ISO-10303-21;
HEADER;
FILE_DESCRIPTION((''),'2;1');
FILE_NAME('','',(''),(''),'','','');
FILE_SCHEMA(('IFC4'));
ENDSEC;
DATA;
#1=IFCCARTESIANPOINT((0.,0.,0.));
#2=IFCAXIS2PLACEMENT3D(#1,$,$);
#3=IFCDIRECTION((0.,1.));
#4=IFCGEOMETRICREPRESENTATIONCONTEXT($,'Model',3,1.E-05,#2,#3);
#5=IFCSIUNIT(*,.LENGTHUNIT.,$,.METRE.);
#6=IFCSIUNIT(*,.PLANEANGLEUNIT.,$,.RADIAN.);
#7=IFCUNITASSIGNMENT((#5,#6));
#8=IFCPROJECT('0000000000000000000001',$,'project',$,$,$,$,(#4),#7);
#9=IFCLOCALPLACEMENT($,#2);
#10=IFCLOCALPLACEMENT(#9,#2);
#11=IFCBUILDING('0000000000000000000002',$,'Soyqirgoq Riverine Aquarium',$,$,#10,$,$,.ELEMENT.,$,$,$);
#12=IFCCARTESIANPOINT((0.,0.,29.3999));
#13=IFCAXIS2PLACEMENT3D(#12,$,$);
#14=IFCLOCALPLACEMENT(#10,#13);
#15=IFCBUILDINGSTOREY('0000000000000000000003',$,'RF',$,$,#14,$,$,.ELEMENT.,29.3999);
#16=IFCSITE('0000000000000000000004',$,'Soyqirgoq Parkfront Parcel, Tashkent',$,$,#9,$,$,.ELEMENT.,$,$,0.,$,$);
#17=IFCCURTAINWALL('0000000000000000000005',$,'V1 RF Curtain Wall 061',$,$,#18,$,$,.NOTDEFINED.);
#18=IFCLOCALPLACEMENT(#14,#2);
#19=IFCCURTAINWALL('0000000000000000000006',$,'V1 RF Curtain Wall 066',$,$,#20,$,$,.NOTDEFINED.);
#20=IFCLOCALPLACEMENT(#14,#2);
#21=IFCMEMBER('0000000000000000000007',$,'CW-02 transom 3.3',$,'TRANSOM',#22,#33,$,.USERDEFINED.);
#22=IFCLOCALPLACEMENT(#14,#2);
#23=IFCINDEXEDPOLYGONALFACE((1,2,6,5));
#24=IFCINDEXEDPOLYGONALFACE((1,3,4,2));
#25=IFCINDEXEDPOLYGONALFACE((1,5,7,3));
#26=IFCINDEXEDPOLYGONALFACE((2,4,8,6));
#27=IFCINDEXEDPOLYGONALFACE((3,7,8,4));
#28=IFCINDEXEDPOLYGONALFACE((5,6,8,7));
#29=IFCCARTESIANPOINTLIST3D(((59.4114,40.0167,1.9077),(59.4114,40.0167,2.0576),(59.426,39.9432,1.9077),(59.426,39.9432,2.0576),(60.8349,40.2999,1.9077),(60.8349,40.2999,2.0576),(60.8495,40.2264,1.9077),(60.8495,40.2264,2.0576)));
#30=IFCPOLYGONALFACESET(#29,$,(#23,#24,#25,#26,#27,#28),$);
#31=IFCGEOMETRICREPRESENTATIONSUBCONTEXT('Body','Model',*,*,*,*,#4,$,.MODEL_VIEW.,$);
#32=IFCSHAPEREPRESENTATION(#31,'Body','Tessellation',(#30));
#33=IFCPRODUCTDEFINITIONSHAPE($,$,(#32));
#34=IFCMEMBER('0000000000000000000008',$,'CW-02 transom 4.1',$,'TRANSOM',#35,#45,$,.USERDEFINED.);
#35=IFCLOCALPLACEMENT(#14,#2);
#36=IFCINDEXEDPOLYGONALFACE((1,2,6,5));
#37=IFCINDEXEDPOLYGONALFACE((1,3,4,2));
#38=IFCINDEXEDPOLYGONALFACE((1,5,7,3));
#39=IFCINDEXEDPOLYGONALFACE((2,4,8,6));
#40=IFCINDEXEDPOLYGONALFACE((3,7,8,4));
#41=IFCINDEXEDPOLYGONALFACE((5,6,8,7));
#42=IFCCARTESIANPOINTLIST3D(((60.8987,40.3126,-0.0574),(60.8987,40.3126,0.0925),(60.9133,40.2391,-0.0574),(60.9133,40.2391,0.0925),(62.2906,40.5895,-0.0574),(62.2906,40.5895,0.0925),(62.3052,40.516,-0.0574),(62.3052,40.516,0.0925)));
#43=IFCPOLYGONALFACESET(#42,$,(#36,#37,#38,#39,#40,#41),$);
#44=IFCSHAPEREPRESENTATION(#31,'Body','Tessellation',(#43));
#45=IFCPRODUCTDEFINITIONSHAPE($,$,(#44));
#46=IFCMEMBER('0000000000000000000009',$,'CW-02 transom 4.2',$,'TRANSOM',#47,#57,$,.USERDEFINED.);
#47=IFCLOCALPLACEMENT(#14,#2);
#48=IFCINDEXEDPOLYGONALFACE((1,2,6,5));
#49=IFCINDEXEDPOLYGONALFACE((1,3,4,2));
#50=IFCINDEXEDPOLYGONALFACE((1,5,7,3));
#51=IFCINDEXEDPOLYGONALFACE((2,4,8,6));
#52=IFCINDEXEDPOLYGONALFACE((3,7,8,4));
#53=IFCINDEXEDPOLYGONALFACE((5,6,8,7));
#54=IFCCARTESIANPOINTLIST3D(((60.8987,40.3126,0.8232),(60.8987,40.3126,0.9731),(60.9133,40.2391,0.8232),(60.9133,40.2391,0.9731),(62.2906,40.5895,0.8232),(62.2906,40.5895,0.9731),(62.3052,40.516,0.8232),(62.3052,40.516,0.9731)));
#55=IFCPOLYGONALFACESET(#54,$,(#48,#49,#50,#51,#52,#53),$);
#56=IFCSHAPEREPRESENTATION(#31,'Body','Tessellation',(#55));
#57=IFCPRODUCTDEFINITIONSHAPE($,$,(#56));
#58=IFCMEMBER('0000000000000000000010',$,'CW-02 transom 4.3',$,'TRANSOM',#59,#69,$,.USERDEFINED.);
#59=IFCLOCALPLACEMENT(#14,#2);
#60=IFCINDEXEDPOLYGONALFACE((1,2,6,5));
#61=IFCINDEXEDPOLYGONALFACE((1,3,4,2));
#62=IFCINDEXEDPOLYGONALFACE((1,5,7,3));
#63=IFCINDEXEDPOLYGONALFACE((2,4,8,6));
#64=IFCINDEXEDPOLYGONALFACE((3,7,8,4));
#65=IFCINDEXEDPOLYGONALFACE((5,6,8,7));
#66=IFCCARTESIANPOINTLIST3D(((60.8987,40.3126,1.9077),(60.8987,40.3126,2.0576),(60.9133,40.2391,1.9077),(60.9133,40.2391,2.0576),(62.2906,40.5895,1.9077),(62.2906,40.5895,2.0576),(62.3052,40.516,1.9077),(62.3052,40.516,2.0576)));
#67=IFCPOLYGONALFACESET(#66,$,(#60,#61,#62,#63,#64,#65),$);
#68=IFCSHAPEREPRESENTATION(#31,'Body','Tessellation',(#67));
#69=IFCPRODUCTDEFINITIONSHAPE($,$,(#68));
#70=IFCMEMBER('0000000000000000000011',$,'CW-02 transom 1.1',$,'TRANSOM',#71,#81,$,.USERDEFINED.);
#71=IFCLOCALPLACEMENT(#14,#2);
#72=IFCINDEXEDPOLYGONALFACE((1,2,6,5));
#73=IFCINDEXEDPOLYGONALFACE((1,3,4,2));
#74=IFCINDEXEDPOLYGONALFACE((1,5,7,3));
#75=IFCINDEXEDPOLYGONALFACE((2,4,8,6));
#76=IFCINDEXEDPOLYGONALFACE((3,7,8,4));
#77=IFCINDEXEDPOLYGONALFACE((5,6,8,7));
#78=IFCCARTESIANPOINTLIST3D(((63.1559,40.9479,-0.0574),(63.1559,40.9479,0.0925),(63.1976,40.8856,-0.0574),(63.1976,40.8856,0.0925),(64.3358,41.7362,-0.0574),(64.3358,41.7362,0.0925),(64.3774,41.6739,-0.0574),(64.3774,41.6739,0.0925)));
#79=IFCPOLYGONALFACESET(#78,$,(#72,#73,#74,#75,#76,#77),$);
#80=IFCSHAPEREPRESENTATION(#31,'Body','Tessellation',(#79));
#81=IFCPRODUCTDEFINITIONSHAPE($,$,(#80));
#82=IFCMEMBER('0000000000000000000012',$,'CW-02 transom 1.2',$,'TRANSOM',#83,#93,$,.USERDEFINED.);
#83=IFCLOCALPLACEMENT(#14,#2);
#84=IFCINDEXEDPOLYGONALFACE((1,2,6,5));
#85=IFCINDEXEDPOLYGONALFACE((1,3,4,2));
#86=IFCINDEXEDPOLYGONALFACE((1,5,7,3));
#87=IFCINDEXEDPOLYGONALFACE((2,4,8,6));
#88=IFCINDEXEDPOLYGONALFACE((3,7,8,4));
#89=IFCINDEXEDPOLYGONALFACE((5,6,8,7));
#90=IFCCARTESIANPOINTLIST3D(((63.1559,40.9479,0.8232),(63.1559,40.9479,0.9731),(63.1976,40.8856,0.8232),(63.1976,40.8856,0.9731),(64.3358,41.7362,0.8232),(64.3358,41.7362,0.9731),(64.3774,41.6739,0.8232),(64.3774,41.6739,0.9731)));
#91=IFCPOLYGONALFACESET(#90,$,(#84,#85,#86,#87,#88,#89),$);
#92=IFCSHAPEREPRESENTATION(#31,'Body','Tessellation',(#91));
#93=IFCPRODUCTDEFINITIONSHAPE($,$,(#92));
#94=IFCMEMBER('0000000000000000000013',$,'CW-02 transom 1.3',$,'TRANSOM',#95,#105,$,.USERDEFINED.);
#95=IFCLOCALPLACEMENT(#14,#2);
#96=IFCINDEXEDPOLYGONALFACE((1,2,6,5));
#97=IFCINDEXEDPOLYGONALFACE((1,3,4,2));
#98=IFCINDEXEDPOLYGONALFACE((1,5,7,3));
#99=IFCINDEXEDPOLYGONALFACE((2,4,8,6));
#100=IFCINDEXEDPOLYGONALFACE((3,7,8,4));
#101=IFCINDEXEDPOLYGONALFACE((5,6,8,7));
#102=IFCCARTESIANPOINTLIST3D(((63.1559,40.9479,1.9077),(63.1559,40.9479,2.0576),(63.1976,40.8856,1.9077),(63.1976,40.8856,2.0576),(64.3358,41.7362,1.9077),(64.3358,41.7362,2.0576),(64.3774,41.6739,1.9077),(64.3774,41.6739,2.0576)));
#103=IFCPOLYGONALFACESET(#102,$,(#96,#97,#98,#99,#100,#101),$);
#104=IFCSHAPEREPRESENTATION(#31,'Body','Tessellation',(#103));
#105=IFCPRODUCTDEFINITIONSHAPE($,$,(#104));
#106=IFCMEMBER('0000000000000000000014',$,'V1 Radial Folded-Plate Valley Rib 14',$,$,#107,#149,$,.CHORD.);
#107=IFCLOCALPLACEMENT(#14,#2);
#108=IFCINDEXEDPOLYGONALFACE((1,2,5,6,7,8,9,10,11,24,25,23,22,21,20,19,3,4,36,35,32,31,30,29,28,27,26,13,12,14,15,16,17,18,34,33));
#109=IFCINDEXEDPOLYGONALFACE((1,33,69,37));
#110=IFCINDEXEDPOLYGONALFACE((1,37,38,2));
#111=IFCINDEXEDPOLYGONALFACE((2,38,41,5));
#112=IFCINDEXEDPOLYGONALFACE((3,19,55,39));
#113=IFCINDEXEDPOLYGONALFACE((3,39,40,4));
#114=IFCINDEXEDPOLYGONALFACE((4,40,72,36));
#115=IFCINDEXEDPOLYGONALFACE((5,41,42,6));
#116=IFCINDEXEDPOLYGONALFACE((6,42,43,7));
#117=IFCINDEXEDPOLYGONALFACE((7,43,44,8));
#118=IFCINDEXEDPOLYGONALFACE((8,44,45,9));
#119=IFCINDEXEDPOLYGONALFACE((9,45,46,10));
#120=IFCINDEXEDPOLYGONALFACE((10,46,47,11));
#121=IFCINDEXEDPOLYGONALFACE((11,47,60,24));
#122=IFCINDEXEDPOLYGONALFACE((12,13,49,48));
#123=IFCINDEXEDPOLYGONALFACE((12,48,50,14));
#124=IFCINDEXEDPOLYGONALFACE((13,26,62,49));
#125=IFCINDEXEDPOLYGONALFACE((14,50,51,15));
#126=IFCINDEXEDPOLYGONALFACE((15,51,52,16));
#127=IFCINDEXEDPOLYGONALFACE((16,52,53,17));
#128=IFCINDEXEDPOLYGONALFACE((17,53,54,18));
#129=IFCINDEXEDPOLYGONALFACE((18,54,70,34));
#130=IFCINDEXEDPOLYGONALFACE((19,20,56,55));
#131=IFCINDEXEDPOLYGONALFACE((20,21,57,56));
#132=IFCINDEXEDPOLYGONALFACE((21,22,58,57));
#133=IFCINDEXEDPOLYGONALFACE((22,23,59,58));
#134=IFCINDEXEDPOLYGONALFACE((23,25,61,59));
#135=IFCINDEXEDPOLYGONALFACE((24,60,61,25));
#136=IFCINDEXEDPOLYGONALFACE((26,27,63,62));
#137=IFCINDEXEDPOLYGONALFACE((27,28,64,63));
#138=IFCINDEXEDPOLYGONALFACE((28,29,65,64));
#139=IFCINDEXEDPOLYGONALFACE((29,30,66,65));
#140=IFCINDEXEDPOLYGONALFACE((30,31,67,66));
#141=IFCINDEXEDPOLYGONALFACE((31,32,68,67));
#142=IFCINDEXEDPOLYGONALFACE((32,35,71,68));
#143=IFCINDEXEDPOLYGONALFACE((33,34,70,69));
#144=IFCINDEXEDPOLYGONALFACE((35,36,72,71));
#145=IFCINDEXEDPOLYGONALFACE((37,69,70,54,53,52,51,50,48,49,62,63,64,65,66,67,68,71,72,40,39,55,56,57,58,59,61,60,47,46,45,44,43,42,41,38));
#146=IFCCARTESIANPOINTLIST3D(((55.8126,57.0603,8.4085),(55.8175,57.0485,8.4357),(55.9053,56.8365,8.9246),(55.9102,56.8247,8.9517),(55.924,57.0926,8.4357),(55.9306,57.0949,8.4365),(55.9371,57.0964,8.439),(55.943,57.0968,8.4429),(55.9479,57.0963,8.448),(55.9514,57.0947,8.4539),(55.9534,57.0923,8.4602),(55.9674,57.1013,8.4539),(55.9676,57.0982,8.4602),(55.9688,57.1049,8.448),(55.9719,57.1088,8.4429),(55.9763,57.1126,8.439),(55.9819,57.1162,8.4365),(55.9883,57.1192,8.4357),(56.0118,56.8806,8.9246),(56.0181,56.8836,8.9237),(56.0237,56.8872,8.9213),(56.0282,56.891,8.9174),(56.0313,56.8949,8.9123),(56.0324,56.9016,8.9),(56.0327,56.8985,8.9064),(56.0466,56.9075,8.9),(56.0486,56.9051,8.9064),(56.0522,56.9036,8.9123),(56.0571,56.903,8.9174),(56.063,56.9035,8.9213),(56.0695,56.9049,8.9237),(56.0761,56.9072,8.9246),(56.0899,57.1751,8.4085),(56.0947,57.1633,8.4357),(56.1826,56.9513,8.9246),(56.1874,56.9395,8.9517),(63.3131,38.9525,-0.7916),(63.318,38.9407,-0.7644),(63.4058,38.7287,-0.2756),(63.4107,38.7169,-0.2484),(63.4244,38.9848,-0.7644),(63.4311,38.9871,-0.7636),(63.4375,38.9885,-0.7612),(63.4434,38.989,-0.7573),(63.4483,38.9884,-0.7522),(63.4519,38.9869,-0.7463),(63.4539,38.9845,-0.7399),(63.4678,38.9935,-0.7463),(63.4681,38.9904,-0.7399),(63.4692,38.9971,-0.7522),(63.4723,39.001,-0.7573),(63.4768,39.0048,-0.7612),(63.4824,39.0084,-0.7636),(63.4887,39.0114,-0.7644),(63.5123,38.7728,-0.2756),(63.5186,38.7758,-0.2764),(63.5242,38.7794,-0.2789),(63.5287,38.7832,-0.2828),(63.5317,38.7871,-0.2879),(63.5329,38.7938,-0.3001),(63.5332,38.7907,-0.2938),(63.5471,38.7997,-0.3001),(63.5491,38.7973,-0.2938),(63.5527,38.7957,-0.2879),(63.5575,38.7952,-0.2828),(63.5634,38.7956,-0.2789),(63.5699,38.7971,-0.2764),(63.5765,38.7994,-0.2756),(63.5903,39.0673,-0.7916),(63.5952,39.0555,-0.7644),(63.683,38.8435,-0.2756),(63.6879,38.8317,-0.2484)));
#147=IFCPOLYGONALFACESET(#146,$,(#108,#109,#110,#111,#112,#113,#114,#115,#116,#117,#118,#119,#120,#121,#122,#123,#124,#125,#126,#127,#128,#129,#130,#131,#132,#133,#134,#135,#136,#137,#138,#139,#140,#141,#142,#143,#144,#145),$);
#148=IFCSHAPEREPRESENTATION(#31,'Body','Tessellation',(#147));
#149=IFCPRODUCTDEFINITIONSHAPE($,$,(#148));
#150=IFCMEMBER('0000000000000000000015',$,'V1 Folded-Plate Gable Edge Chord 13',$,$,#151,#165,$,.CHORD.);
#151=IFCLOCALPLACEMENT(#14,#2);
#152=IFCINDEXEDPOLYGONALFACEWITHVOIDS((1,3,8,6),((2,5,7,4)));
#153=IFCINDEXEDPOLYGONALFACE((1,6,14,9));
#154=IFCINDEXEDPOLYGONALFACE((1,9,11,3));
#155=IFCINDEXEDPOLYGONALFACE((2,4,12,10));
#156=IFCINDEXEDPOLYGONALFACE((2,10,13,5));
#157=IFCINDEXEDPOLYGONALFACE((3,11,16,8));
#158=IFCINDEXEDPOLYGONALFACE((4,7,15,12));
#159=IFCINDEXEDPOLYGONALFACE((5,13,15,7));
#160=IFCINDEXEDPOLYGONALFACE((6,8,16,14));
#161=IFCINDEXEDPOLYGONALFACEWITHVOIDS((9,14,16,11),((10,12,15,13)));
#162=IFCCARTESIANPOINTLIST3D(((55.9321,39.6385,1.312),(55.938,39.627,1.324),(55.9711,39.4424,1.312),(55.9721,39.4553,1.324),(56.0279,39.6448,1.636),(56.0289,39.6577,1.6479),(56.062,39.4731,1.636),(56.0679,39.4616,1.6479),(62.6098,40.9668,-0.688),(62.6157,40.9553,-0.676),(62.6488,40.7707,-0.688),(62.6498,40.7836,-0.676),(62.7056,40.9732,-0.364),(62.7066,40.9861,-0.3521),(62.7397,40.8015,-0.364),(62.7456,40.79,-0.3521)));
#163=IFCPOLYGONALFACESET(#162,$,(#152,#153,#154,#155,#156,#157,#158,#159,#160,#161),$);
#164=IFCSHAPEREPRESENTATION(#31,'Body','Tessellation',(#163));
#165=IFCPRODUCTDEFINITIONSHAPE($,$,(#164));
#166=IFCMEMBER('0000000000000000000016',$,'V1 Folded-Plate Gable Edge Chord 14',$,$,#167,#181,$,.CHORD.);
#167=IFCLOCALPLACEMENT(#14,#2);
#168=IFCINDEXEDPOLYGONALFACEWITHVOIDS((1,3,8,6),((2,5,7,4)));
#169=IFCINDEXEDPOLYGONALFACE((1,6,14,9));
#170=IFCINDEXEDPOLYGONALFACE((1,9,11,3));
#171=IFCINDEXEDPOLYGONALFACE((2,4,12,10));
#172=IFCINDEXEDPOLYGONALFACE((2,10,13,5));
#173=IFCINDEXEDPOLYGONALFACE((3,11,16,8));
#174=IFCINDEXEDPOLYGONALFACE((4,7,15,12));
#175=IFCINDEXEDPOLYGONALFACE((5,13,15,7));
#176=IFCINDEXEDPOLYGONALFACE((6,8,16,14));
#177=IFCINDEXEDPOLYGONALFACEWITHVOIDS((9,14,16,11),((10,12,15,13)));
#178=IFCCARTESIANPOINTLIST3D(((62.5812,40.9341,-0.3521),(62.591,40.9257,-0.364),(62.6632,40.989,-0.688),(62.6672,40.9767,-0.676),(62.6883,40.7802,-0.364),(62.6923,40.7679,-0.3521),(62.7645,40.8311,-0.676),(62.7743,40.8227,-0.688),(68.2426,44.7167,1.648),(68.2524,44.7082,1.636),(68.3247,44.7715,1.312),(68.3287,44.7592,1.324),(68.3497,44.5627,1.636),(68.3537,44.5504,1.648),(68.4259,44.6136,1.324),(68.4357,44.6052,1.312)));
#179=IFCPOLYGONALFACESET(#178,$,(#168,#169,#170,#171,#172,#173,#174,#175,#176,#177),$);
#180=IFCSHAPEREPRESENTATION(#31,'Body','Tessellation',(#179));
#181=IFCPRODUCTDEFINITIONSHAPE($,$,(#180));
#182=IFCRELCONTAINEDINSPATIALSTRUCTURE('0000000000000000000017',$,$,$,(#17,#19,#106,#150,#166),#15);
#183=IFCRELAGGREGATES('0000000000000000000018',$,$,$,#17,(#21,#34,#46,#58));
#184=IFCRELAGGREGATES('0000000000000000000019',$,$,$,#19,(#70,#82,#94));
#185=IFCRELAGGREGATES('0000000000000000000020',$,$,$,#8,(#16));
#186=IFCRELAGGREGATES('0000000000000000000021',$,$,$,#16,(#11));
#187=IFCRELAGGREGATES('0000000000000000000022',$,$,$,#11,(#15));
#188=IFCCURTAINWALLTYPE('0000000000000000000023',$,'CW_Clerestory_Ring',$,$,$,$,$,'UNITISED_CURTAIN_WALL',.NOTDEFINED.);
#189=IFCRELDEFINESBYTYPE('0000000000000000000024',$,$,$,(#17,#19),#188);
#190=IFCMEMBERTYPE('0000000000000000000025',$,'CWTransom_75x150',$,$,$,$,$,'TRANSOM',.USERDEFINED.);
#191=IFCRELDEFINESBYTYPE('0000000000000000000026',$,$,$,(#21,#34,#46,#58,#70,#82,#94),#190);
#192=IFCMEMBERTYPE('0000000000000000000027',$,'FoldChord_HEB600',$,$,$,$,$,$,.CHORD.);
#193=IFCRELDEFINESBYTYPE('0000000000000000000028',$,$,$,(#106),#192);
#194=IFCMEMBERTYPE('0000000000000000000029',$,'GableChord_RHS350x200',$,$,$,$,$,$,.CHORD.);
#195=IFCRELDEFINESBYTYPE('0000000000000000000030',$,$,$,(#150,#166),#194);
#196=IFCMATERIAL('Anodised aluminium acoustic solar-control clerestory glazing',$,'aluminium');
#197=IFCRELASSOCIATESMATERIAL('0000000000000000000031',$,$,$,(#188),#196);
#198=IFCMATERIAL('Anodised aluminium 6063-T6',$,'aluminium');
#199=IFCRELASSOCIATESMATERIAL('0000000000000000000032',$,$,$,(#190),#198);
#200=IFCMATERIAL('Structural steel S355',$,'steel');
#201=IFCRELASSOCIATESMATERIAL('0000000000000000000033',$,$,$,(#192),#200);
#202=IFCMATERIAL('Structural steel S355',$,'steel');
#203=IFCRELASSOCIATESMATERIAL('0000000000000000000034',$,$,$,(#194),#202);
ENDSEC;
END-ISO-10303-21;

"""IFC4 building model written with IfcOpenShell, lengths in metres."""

from ifc_helpers import new_model, si_unit, direction, frame, origin, origin_2d, place, context, subcontext, project, spatial, rectangle, hollow_rectangle, i_section, extrude, material, material_profile, profile_set, type_object, element, aggregate, save


model = new_model("IFC4")

# Units and contexts
model_context = context("Model", 3, precision=1e-05, world=origin(), true_north=direction((0.0, 1.0)))
body_context = subcontext(model_context, "Body", "Model", "MODEL_VIEW")
ifc_project = project(units=[si_unit("LENGTHUNIT", "METRE"), si_unit("PLANEANGLEUNIT", "RADIAN")], contexts=[model_context])

# Site, building, storey
site_placement = place(None, origin())
site = spatial("IfcSite", under=ifc_project, at=site_placement, Name="Soyqirgoq Parkfront Parcel, Tashkent", CompositionType="ELEMENT", RefElevation=0.0)
building_placement = place(site_placement, origin())
building = spatial("IfcBuilding", under=site, at=building_placement, Name="Soyqirgoq Riverine Aquarium", CompositionType="ELEMENT")
storey_placement = place(building_placement, frame((0.0, 0.0, 29.3999)))
storey = spatial("IfcBuildingStorey", under=building, at=storey_placement, Name="RF", CompositionType="ELEMENT", Elevation=29.3999)

# Curtain wall
ifc_material_1 = material(Name="Anodised aluminium acoustic solar-control clerestory glazing", Category="aluminium")
curtain_wall_type = type_object("IfcCurtainWallType", Name="CW_Clerestory_Ring", ElementType="UNITISED_CURTAIN_WALL", PredefinedType="NOTDEFINED", material=ifc_material_1)
curtain_wall_1_placement = place(storey_placement, origin())
curtain_wall_1 = element("IfcCurtainWall", 1, at=curtain_wall_1_placement, inside=storey, type_object=curtain_wall_type, Name="V1 RF Curtain Wall 061", PredefinedType="NOTDEFINED")

# Curtain wall
curtain_wall_2_placement = place(storey_placement, origin())
curtain_wall_2 = element("IfcCurtainWall", 2, at=curtain_wall_2_placement, inside=storey, type_object=curtain_wall_type, Name="V1 RF Curtain Wall 066", PredefinedType="NOTDEFINED")

# Members
ifc_material_2 = material(Name="Anodised aluminium 6063-T6", Category="aluminium")
ifc_material_profile_1 = material_profile(ifc_material_2, rectangle(XDim=0.075, YDim=0.1499, at=origin_2d()), Name="ALU-T 75x150")
ifc_profile_set_1 = profile_set([ifc_material_profile_1], Name="Anodised aluminium 6063-T6")
member_type_1 = type_object("IfcMemberType", Name="CWTransom_75x150", ElementType="TRANSOM", PredefinedType="USERDEFINED", material=ifc_profile_set_1)
member_1_placement = place(storey_placement, frame((59.4187, 39.98, 1.9827), z_axis=(0.980781, 0.195113, 0.0), x_axis=(-0.195113, 0.980781, 0.0)))
member_1 = element("IfcMember", 3, at=member_1_placement, type_object=member_type_1, Name="CW-02 transom 3.3", ObjectType="TRANSOM", PredefinedType="USERDEFINED", context=body_context, shape_type="SweptSolid", body=[
    extrude(rectangle(XDim=0.075, YDim=0.1499, at=origin_2d()), origin(), (0.0, 0.0, 1.0), 1.4514),
])
member_2_placement = place(storey_placement, frame((60.906, 40.2759, 0.0176), z_axis=(0.980785, 0.19509, 0.0), x_axis=(-0.19509, 0.980785, 0.0)))
member_2 = element("IfcMember", 4, at=member_2_placement, type_object=member_type_1, Name="CW-02 transom 4.1", ObjectType="TRANSOM", PredefinedType="USERDEFINED", context=body_context, shape_type="SweptSolid", body=[
    extrude(rectangle(XDim=0.075, YDim=0.1499, at=origin_2d()), origin(), (0.0, 0.0, 1.0), 1.4192),
])
member_3_placement = place(storey_placement, frame((60.906, 40.2759, 0.8982), z_axis=(0.980785, 0.19509, 0.0), x_axis=(-0.19509, 0.980785, 0.0)))
member_3 = element("IfcMember", 5, at=member_3_placement, type_object=member_type_1, Name="CW-02 transom 4.2", ObjectType="TRANSOM", PredefinedType="USERDEFINED", context=body_context, shape_type="SweptSolid", body=[
    extrude(rectangle(XDim=0.075, YDim=0.1499, at=origin_2d()), origin(), (0.0, 0.0, 1.0), 1.4192),
])
member_4_placement = place(storey_placement, frame((60.906, 40.2759, 1.9827), z_axis=(0.980785, 0.19509, 0.0), x_axis=(-0.19509, 0.980785, 0.0)))
member_4 = element("IfcMember", 6, at=member_4_placement, type_object=member_type_1, Name="CW-02 transom 4.3", ObjectType="TRANSOM", PredefinedType="USERDEFINED", context=body_context, shape_type="SweptSolid", body=[
    extrude(rectangle(XDim=0.075, YDim=0.1499, at=origin_2d()), origin(), (0.0, 0.0, 1.0), 1.4192),
])
member_5_placement = place(storey_placement, frame((63.1768, 40.9167, 0.0176), z_axis=(0.831494, 0.555534, 0.0), x_axis=(-0.555534, 0.831494, 0.0)))
member_5 = element("IfcMember", 7, at=member_5_placement, type_object=member_type_1, Name="CW-02 transom 1.1", ObjectType="TRANSOM", PredefinedType="USERDEFINED", context=body_context, shape_type="SweptSolid", body=[
    extrude(rectangle(XDim=0.075, YDim=0.1499, at=origin_2d()), origin(), (0.0, 0.0, 1.0), 1.4189),
])
member_6_placement = place(storey_placement, frame((63.1768, 40.9167, 0.8982), z_axis=(0.831494, 0.555534, 0.0), x_axis=(-0.555534, 0.831494, 0.0)))
member_6 = element("IfcMember", 8, at=member_6_placement, type_object=member_type_1, Name="CW-02 transom 1.2", ObjectType="TRANSOM", PredefinedType="USERDEFINED", context=body_context, shape_type="SweptSolid", body=[
    extrude(rectangle(XDim=0.075, YDim=0.1499, at=origin_2d()), origin(), (0.0, 0.0, 1.0), 1.4189),
])
member_7_placement = place(storey_placement, frame((63.1768, 40.9167, 1.9827), z_axis=(0.831494, 0.555534, 0.0), x_axis=(-0.555534, 0.831494, 0.0)))
member_7 = element("IfcMember", 9, at=member_7_placement, type_object=member_type_1, Name="CW-02 transom 1.3", ObjectType="TRANSOM", PredefinedType="USERDEFINED", context=body_context, shape_type="SweptSolid", body=[
    extrude(rectangle(XDim=0.075, YDim=0.1499, at=origin_2d()), origin(), (0.0, 0.0, 1.0), 1.4189),
])

# Members
ifc_material_3 = material(Name="Structural steel S355", Category="steel")
ifc_material_profile_2 = material_profile(ifc_material_3, i_section(OverallWidth=0.3, OverallDepth=0.6001, WebThickness=0.0154, FlangeThickness=0.03, FilletRadius=0.0271, at=origin_2d()), Name="HEB 600")
ifc_profile_set_2 = profile_set([ifc_material_profile_2], Name="Structural steel S355")
member_type_2 = type_object("IfcMemberType", Name="FoldChord_HEB600", PredefinedType="CHORD", material=ifc_profile_set_2)
member_8_placement = place(storey_placement, frame((63.5005, 38.8921, -0.52), z_axis=(-0.346415, 0.836326, 0.424917), x_axis=(-0.923881, -0.382681, 0.0)))
element("IfcMember", 10, at=member_8_placement, inside=storey, type_object=member_type_2, Name="V1 Radial Folded-Plate Valley Rib 14", PredefinedType="CHORD", context=body_context, shape_type="SweptSolid", body=[
    extrude(i_section(OverallWidth=0.3, OverallDepth=0.6001, WebThickness=0.0154, FlangeThickness=0.03, FilletRadius=0.0271, at=origin_2d()), origin(), (0.0, 0.0, 1.0), 21.6516),
])
ifc_material_4 = material(Name="Structural steel S355", Category="steel")
ifc_material_profile_3 = material_profile(ifc_material_4, hollow_rectangle(XDim=0.2, YDim=0.3501, WallThickness=0.0125, at=origin_2d()), Name="RHS 350x200x12.5")
ifc_profile_set_3 = profile_set([ifc_material_profile_3], Name="Structural steel S355")
member_type_3 = type_object("IfcMemberType", Name="GableChord_RHS350x200", PredefinedType="CHORD", material=ifc_profile_set_3)
member_9_placement = place(storey_placement, frame((56.0, 39.55, 1.48), z_axis=(0.941024, 0.187193, -0.281839), x_axis=(-0.195102, 0.980783, 0.0)))
element("IfcMember", 11, at=member_9_placement, inside=storey, type_object=member_type_3, Name="V1 Folded-Plate Gable Edge Chord 13", PredefinedType="CHORD", context=body_context, shape_type="SweptSolid", body=[
    extrude(hollow_rectangle(XDim=0.2, YDim=0.3501, WallThickness=0.0125, at=origin_2d()), origin(), (0.0, 0.0, 1.0), 7.0962),
])
member_10_placement = place(storey_placement, frame((62.6777, 40.8784, -0.52), z_axis=(0.797786, 0.533016, 0.281835), x_axis=(-0.555536, 0.831493, 0.0)))
element("IfcMember", 12, at=member_10_placement, inside=storey, type_object=member_type_3, Name="V1 Folded-Plate Gable Edge Chord 14", PredefinedType="CHORD", context=body_context, shape_type="SweptSolid", body=[
    extrude(hollow_rectangle(XDim=0.2, YDim=0.3501, WallThickness=0.0125, at=origin_2d()), origin(), (0.0, 0.0, 1.0), 7.0964),
])

aggregate(curtain_wall_1, [member_1, member_2, member_3, member_4])
aggregate(curtain_wall_2, [member_5, member_6, member_7])

save(model, "model.ifc")
